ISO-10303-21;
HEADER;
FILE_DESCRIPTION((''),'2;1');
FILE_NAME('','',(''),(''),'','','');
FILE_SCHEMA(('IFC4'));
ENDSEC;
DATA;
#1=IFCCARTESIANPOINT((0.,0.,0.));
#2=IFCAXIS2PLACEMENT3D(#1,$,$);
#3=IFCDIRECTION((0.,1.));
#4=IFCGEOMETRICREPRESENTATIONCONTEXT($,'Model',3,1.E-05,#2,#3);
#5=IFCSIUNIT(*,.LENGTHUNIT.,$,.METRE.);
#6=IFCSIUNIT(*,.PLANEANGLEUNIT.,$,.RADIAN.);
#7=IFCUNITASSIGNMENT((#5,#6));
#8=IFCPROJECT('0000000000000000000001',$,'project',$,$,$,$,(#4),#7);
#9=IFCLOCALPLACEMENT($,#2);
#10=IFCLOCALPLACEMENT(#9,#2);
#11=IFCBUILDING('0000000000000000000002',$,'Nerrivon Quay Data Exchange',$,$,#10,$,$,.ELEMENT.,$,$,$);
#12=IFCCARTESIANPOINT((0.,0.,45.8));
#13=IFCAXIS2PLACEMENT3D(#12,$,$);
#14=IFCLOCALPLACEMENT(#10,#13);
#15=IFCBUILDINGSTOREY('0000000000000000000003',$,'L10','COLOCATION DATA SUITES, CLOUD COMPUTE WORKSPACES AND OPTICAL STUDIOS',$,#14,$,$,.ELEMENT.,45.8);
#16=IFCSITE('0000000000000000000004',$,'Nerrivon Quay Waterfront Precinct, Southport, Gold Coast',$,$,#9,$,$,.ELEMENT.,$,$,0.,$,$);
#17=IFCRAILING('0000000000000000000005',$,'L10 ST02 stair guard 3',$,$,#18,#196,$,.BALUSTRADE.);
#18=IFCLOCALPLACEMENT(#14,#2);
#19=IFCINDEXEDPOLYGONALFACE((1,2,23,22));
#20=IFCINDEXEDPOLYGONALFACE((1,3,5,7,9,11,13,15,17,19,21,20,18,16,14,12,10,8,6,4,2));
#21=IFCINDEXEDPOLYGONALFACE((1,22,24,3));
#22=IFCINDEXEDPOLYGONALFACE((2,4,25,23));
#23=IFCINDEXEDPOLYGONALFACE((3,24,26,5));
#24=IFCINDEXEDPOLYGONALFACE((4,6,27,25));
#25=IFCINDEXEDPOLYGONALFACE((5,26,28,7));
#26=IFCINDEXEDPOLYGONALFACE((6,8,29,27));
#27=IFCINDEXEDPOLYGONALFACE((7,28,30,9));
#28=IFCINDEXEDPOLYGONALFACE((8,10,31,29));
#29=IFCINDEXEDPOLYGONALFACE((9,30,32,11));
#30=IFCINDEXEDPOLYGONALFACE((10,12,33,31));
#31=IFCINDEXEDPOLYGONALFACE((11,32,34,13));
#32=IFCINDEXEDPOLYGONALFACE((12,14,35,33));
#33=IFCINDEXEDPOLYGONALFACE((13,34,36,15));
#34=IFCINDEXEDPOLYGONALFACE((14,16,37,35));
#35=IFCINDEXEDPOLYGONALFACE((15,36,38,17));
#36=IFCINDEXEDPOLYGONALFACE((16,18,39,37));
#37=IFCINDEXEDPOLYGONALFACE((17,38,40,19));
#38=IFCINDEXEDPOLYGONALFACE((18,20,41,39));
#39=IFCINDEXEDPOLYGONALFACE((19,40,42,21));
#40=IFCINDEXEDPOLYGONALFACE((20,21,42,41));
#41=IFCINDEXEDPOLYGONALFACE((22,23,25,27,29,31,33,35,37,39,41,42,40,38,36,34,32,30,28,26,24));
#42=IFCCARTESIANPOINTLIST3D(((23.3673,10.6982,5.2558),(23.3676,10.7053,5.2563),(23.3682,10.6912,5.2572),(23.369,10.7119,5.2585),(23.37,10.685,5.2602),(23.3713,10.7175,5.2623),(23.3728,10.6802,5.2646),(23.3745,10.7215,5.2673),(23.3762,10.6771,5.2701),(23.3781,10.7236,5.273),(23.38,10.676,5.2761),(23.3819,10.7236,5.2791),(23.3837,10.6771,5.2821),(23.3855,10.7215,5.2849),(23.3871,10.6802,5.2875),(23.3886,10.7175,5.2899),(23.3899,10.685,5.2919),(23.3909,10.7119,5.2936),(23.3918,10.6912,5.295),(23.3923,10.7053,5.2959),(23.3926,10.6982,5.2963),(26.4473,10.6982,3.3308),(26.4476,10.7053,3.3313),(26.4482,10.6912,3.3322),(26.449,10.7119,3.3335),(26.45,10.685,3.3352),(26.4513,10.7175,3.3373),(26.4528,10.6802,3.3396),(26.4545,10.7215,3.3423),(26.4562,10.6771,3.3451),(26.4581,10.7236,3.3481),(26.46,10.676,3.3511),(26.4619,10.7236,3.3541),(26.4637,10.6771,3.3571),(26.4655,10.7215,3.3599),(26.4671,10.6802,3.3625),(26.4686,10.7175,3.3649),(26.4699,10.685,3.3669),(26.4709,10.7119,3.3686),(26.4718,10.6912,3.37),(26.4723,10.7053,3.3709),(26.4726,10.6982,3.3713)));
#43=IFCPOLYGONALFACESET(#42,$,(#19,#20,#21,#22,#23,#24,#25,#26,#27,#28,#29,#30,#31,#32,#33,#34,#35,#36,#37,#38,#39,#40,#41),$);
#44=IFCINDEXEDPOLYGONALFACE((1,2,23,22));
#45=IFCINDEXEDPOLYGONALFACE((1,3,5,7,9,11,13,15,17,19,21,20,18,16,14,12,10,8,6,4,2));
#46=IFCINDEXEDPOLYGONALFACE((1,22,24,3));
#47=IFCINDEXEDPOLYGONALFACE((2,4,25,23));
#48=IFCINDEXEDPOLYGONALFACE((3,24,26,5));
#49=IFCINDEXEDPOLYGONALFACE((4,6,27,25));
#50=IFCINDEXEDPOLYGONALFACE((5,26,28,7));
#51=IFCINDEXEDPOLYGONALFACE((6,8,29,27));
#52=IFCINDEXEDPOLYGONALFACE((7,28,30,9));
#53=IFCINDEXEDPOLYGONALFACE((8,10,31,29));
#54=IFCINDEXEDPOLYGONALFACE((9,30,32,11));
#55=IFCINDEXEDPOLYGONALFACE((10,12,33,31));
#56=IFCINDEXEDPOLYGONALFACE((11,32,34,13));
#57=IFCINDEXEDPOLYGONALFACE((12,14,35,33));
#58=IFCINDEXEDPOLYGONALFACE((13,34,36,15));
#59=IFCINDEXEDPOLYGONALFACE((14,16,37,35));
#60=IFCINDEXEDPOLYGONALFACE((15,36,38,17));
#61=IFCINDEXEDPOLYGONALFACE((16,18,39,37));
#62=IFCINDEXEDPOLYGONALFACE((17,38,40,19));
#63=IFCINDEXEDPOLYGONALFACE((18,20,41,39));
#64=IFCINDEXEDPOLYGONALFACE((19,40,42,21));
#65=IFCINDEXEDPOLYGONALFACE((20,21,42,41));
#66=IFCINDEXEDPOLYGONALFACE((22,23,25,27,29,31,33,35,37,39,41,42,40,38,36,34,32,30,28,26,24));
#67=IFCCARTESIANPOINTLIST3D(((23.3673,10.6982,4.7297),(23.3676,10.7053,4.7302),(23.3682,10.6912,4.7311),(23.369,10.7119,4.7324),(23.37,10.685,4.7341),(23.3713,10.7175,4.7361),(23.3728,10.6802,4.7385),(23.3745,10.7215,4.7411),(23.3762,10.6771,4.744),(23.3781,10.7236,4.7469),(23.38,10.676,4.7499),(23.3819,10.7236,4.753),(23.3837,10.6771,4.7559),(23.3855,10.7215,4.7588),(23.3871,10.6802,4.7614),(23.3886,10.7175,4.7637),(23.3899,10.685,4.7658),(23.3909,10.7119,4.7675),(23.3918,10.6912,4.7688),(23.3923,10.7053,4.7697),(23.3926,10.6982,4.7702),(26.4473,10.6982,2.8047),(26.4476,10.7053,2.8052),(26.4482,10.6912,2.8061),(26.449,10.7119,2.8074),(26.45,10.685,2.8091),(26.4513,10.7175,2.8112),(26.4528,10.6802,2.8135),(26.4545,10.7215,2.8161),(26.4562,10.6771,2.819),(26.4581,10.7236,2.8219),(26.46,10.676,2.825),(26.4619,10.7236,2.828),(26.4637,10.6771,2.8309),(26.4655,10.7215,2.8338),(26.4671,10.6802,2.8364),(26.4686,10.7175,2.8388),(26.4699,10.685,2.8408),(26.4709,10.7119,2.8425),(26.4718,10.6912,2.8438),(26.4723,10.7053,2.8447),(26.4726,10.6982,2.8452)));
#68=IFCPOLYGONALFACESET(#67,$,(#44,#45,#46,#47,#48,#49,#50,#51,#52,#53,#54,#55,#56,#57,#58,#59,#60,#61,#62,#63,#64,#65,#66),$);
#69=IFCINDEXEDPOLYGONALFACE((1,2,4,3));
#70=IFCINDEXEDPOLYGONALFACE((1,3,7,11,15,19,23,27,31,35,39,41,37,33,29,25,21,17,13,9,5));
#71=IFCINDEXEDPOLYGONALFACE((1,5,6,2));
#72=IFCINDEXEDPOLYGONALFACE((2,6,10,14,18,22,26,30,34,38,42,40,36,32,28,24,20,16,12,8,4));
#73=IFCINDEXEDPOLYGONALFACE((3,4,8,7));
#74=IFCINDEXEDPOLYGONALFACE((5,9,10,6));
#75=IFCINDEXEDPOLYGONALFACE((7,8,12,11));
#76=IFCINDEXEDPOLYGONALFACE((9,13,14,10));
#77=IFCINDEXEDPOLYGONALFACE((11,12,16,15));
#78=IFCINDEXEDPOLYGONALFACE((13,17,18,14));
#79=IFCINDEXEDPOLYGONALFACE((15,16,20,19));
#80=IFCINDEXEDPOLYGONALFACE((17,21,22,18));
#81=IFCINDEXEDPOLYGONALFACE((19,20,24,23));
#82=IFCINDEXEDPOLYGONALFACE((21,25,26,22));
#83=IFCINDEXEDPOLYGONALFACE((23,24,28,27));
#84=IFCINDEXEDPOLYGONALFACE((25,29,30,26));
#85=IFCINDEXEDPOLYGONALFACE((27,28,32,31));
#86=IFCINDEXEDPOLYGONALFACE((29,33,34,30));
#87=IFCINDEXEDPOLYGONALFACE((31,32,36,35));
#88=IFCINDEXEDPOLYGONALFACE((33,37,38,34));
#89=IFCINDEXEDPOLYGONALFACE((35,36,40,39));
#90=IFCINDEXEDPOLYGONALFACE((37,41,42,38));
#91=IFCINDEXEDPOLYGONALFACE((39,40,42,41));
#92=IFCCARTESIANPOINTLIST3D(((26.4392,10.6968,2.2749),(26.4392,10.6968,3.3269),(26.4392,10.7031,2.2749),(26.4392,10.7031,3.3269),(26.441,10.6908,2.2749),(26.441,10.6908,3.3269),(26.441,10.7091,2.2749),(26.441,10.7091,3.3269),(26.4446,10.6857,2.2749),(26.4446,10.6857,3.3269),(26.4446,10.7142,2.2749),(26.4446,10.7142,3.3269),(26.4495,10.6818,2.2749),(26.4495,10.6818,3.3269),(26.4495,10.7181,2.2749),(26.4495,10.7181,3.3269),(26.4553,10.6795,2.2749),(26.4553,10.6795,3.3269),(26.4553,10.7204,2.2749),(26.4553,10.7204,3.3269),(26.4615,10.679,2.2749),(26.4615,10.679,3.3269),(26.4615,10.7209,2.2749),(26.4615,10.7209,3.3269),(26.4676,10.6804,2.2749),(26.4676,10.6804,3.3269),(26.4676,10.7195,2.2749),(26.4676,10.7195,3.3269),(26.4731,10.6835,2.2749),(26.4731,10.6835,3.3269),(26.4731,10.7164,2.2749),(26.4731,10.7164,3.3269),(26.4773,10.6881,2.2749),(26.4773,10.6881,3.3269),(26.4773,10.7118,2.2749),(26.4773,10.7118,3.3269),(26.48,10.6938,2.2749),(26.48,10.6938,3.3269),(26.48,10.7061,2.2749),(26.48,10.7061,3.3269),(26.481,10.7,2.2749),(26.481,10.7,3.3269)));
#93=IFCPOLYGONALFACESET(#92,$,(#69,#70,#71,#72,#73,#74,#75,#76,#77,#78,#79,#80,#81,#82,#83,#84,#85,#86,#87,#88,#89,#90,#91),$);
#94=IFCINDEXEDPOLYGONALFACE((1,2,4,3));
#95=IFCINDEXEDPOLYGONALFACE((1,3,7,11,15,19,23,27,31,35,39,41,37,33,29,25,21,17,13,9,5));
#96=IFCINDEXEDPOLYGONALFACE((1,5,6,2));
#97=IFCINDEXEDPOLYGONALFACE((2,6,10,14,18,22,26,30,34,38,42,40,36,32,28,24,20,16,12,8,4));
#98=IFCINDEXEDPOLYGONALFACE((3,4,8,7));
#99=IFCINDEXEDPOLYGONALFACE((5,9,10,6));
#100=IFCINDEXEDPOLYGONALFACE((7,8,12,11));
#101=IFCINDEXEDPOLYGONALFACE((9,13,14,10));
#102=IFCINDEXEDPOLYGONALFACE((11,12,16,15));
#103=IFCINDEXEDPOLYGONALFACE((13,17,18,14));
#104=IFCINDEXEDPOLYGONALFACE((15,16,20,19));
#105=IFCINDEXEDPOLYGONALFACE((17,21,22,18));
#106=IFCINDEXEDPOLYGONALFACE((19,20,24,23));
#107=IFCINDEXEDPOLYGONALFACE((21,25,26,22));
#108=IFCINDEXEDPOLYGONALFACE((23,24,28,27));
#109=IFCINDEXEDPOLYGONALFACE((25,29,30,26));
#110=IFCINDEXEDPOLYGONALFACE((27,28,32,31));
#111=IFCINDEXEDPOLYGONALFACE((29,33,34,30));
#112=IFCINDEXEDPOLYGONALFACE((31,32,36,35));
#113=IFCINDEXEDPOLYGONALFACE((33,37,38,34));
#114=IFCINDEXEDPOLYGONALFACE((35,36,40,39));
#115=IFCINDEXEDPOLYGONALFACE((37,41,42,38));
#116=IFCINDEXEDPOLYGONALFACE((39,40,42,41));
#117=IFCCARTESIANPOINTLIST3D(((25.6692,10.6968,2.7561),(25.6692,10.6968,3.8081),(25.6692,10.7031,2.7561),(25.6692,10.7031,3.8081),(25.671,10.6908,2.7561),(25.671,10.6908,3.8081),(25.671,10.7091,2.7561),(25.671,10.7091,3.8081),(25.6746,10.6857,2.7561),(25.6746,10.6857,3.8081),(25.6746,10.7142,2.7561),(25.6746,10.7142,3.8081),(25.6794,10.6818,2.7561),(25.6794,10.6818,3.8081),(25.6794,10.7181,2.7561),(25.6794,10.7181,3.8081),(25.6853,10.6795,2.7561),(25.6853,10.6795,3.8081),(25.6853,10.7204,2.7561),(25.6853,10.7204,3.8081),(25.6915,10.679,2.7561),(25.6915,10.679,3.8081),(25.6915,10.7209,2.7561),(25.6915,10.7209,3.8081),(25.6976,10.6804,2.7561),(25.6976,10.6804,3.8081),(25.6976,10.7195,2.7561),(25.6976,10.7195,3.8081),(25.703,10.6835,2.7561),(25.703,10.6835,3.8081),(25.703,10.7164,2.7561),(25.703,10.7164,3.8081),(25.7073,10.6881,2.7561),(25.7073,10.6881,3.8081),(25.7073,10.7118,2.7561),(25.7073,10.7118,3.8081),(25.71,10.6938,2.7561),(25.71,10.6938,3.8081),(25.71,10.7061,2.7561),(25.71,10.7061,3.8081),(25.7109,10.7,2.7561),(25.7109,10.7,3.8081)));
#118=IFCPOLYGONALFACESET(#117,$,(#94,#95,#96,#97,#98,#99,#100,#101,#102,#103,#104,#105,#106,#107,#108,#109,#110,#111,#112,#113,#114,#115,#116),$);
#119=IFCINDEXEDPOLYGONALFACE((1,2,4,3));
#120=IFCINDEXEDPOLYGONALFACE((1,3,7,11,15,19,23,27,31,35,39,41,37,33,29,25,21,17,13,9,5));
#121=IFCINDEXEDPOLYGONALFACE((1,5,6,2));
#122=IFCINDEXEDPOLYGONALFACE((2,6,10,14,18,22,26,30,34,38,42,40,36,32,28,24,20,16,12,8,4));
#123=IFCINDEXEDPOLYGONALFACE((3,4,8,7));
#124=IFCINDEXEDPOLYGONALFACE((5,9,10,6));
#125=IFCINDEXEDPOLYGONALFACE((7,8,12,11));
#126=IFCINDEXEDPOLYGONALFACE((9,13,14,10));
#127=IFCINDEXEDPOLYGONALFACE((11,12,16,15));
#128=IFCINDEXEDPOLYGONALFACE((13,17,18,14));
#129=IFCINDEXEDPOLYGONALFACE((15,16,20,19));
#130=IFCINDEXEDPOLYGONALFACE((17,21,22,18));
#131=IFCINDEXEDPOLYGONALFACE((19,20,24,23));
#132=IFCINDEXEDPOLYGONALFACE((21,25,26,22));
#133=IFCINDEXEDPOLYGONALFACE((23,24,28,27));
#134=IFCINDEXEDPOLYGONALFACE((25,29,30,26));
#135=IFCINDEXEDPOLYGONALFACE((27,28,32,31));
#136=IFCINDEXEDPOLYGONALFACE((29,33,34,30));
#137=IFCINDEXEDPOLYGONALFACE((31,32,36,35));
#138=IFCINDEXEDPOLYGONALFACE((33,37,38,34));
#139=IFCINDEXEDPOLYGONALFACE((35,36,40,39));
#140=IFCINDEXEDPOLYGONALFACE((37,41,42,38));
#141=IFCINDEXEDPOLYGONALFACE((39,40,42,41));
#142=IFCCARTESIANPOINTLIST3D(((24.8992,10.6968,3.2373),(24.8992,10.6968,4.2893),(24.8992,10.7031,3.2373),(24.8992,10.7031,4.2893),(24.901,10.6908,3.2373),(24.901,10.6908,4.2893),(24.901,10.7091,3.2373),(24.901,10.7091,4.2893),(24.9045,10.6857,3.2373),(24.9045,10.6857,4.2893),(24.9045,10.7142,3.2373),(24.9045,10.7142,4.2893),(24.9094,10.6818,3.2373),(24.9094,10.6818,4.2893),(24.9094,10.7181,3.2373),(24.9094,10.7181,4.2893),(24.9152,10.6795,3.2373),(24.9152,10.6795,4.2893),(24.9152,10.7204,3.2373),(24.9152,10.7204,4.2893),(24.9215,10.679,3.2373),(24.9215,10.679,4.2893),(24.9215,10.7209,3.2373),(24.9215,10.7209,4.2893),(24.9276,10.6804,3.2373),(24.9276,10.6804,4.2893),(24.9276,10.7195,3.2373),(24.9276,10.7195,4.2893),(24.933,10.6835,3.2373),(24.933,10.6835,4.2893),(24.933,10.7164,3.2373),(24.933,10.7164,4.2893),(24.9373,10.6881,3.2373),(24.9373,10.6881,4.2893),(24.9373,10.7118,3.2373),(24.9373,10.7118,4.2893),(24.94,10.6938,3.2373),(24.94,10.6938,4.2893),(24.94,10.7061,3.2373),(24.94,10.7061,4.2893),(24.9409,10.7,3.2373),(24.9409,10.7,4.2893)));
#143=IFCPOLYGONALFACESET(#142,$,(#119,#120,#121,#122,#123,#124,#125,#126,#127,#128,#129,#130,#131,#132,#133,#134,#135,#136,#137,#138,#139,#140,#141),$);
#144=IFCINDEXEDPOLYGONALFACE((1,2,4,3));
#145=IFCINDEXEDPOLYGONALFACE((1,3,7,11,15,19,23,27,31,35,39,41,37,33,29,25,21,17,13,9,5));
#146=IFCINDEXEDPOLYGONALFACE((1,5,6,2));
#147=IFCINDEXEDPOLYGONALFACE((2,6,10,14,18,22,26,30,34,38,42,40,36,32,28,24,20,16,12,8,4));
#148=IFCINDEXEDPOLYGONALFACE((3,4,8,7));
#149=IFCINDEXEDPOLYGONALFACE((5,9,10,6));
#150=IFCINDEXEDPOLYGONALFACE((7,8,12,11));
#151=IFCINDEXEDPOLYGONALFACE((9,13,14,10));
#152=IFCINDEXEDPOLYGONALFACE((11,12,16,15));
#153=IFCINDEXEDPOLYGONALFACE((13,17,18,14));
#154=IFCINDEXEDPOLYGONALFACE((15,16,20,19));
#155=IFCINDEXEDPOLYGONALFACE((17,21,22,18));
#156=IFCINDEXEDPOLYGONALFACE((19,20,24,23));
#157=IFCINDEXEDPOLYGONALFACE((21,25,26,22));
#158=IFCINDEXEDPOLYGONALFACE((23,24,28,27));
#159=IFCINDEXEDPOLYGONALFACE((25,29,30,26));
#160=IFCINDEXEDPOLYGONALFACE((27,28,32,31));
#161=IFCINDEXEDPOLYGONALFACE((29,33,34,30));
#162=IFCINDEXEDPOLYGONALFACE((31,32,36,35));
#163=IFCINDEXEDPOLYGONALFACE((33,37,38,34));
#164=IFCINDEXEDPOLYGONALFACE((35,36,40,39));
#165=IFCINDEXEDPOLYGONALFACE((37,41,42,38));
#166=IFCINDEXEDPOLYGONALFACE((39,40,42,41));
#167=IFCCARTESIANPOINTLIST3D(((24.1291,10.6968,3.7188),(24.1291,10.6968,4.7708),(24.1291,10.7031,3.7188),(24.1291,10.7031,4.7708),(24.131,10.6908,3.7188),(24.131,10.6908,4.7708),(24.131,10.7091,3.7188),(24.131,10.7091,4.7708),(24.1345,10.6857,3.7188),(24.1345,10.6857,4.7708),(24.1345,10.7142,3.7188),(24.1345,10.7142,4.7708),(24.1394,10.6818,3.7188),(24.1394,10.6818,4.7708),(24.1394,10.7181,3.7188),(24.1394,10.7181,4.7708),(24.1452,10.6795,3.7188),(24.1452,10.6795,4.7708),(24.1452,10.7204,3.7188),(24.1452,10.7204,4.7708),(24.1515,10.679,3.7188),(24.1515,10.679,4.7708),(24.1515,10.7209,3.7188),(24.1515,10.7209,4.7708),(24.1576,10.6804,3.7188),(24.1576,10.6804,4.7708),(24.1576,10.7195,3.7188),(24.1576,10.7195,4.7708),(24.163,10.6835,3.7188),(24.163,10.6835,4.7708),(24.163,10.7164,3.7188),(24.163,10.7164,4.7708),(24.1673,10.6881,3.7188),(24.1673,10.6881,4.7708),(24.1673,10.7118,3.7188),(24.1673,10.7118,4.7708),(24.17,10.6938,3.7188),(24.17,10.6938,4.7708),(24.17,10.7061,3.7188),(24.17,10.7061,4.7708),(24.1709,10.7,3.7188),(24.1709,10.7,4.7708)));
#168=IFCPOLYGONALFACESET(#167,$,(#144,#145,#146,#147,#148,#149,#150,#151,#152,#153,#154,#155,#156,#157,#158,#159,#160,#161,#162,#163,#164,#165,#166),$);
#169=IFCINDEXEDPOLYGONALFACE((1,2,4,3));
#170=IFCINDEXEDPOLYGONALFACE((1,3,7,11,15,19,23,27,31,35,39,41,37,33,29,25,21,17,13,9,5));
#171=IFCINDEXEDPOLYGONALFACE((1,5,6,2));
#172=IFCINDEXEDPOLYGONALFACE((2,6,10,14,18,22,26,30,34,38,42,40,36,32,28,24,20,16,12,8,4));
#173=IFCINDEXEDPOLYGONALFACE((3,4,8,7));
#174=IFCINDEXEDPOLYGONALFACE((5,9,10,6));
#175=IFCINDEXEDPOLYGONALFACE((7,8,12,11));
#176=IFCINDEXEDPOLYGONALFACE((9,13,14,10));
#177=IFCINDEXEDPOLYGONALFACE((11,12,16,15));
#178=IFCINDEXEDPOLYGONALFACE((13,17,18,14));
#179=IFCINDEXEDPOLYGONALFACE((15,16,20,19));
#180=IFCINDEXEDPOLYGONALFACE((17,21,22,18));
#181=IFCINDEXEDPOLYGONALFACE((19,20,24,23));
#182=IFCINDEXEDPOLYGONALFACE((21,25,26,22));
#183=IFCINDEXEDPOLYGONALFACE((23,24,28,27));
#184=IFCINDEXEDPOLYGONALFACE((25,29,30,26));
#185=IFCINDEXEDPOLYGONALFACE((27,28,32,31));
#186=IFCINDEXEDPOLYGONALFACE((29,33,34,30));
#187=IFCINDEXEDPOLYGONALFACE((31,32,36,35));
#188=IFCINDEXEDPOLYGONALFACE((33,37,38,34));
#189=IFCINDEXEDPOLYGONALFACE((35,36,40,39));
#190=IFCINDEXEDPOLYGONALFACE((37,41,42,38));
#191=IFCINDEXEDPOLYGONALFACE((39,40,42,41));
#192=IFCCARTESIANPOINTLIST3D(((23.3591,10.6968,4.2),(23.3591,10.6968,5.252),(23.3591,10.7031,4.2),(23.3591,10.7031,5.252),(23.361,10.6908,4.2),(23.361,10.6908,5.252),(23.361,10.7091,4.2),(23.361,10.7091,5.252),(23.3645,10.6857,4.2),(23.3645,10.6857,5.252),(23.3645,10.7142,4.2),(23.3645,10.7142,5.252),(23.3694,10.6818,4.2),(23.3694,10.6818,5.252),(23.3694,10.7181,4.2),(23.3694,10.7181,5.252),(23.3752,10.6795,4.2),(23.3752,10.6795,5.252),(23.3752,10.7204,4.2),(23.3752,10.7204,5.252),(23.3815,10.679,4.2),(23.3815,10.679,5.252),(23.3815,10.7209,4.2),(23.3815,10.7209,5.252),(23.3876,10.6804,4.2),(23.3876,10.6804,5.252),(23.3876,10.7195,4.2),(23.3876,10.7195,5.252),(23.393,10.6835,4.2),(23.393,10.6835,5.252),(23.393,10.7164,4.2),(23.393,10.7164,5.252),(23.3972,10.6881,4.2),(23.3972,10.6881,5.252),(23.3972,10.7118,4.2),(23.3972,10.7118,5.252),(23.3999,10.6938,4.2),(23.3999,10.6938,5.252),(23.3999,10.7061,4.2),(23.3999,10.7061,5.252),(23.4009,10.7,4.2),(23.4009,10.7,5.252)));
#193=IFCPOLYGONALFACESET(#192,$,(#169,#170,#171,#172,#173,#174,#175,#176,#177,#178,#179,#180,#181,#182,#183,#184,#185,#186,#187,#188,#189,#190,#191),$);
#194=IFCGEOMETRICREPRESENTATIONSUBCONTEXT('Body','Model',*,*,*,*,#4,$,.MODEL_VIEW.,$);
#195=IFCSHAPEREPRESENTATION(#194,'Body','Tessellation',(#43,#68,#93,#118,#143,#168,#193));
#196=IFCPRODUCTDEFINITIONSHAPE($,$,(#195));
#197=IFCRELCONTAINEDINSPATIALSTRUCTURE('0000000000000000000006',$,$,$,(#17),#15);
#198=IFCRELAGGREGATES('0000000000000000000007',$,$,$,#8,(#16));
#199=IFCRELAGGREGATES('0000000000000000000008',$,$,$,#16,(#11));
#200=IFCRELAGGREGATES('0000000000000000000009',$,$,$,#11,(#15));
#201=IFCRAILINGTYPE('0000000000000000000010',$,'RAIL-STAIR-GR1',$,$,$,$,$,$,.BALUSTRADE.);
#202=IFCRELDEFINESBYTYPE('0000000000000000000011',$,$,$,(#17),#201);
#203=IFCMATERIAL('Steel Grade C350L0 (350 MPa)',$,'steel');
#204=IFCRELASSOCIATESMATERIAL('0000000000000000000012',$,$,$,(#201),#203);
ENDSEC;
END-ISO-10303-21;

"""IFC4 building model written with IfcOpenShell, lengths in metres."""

from ifc_helpers import new_model, si_unit, direction, frame, origin, origin_2d, place, context, subcontext, project, spatial, circle, extrude, material, type_object, element, save


model = new_model("IFC4")

# Units and contexts
model_context = context("Model", 3, precision=1e-05, world=origin(), true_north=direction((0.0, 1.0)))
body_context = subcontext(model_context, "Body", "Model", "MODEL_VIEW")
ifc_project = project(units=[si_unit("LENGTHUNIT", "METRE"), si_unit("PLANEANGLEUNIT", "RADIAN")], contexts=[model_context])

# Site, building, storey
site_placement = place(None, origin())
site = spatial("IfcSite", under=ifc_project, at=site_placement, Name="Nerrivon Quay Waterfront Precinct, Southport, Gold Coast", CompositionType="ELEMENT", RefElevation=0.0)
building_placement = place(site_placement, origin())
building = spatial("IfcBuilding", under=site, at=building_placement, Name="Nerrivon Quay Data Exchange", CompositionType="ELEMENT")
storey_placement = place(building_placement, frame((0.0, 0.0, 45.8)))
storey = spatial("IfcBuildingStorey", under=building, at=storey_placement, Name="L10", Description="COLOCATION DATA SUITES, CLOUD COMPUTE WORKSPACES AND OPTICAL STUDIOS", CompositionType="ELEMENT", Elevation=45.8)

# Railing
ifc_material_1 = material(Name="Steel Grade C350L0 (350 MPa)", Category="steel")
railing_type_1 = type_object("IfcRailingType", Name="RAIL-STAIR-GR1", PredefinedType="BALUSTRADE", material=ifc_material_1)
railing_1_placement = place(storey_placement, frame((26.46, 10.7, 2.2749)))
element("IfcRailing", 1, at=railing_1_placement, inside=storey, type_object=railing_type_1, Name="L10 ST02 stair guard 3", PredefinedType="BALUSTRADE", context=body_context, shape_type="SweptSolid", body=[
    extrude(circle(Radius=0.0239, at=origin_2d()), frame((0.0, 0.0, 1.0762), z_axis=(-0.847998, 0.0, 0.529999), x_axis=(0.0, -1.0, 0.0)), (0.0, 0.0, 1.0), 3.6321),
    extrude(circle(Radius=0.0239, at=origin_2d()), frame((0.0, 0.0, 0.55), z_axis=(-0.847998, 0.0, 0.529999), x_axis=(0.0, -1.0, 0.0)), (0.0, 0.0, 1.0), 3.6321),
    extrude(circle(Radius=0.021, at=origin_2d()), origin(), (0.0, 0.0, 1.0), 1.052),
    extrude(circle(Radius=0.021, at=origin_2d()), frame((-0.77, 0.0, 0.4812)), (0.0, 0.0, 1.0), 1.052),
    extrude(circle(Radius=0.021, at=origin_2d()), frame((-1.54, 0.0, 0.9624)), (0.0, 0.0, 1.0), 1.052),
    extrude(circle(Radius=0.021, at=origin_2d()), frame((-2.3101, 0.0, 1.4438)), (0.0, 0.0, 1.0), 1.052),
    extrude(circle(Radius=0.021, at=origin_2d()), frame((-3.0801, 0.0, 1.925)), (0.0, 0.0, 1.0), 1.052),
])

save(model, "model.ifc")
